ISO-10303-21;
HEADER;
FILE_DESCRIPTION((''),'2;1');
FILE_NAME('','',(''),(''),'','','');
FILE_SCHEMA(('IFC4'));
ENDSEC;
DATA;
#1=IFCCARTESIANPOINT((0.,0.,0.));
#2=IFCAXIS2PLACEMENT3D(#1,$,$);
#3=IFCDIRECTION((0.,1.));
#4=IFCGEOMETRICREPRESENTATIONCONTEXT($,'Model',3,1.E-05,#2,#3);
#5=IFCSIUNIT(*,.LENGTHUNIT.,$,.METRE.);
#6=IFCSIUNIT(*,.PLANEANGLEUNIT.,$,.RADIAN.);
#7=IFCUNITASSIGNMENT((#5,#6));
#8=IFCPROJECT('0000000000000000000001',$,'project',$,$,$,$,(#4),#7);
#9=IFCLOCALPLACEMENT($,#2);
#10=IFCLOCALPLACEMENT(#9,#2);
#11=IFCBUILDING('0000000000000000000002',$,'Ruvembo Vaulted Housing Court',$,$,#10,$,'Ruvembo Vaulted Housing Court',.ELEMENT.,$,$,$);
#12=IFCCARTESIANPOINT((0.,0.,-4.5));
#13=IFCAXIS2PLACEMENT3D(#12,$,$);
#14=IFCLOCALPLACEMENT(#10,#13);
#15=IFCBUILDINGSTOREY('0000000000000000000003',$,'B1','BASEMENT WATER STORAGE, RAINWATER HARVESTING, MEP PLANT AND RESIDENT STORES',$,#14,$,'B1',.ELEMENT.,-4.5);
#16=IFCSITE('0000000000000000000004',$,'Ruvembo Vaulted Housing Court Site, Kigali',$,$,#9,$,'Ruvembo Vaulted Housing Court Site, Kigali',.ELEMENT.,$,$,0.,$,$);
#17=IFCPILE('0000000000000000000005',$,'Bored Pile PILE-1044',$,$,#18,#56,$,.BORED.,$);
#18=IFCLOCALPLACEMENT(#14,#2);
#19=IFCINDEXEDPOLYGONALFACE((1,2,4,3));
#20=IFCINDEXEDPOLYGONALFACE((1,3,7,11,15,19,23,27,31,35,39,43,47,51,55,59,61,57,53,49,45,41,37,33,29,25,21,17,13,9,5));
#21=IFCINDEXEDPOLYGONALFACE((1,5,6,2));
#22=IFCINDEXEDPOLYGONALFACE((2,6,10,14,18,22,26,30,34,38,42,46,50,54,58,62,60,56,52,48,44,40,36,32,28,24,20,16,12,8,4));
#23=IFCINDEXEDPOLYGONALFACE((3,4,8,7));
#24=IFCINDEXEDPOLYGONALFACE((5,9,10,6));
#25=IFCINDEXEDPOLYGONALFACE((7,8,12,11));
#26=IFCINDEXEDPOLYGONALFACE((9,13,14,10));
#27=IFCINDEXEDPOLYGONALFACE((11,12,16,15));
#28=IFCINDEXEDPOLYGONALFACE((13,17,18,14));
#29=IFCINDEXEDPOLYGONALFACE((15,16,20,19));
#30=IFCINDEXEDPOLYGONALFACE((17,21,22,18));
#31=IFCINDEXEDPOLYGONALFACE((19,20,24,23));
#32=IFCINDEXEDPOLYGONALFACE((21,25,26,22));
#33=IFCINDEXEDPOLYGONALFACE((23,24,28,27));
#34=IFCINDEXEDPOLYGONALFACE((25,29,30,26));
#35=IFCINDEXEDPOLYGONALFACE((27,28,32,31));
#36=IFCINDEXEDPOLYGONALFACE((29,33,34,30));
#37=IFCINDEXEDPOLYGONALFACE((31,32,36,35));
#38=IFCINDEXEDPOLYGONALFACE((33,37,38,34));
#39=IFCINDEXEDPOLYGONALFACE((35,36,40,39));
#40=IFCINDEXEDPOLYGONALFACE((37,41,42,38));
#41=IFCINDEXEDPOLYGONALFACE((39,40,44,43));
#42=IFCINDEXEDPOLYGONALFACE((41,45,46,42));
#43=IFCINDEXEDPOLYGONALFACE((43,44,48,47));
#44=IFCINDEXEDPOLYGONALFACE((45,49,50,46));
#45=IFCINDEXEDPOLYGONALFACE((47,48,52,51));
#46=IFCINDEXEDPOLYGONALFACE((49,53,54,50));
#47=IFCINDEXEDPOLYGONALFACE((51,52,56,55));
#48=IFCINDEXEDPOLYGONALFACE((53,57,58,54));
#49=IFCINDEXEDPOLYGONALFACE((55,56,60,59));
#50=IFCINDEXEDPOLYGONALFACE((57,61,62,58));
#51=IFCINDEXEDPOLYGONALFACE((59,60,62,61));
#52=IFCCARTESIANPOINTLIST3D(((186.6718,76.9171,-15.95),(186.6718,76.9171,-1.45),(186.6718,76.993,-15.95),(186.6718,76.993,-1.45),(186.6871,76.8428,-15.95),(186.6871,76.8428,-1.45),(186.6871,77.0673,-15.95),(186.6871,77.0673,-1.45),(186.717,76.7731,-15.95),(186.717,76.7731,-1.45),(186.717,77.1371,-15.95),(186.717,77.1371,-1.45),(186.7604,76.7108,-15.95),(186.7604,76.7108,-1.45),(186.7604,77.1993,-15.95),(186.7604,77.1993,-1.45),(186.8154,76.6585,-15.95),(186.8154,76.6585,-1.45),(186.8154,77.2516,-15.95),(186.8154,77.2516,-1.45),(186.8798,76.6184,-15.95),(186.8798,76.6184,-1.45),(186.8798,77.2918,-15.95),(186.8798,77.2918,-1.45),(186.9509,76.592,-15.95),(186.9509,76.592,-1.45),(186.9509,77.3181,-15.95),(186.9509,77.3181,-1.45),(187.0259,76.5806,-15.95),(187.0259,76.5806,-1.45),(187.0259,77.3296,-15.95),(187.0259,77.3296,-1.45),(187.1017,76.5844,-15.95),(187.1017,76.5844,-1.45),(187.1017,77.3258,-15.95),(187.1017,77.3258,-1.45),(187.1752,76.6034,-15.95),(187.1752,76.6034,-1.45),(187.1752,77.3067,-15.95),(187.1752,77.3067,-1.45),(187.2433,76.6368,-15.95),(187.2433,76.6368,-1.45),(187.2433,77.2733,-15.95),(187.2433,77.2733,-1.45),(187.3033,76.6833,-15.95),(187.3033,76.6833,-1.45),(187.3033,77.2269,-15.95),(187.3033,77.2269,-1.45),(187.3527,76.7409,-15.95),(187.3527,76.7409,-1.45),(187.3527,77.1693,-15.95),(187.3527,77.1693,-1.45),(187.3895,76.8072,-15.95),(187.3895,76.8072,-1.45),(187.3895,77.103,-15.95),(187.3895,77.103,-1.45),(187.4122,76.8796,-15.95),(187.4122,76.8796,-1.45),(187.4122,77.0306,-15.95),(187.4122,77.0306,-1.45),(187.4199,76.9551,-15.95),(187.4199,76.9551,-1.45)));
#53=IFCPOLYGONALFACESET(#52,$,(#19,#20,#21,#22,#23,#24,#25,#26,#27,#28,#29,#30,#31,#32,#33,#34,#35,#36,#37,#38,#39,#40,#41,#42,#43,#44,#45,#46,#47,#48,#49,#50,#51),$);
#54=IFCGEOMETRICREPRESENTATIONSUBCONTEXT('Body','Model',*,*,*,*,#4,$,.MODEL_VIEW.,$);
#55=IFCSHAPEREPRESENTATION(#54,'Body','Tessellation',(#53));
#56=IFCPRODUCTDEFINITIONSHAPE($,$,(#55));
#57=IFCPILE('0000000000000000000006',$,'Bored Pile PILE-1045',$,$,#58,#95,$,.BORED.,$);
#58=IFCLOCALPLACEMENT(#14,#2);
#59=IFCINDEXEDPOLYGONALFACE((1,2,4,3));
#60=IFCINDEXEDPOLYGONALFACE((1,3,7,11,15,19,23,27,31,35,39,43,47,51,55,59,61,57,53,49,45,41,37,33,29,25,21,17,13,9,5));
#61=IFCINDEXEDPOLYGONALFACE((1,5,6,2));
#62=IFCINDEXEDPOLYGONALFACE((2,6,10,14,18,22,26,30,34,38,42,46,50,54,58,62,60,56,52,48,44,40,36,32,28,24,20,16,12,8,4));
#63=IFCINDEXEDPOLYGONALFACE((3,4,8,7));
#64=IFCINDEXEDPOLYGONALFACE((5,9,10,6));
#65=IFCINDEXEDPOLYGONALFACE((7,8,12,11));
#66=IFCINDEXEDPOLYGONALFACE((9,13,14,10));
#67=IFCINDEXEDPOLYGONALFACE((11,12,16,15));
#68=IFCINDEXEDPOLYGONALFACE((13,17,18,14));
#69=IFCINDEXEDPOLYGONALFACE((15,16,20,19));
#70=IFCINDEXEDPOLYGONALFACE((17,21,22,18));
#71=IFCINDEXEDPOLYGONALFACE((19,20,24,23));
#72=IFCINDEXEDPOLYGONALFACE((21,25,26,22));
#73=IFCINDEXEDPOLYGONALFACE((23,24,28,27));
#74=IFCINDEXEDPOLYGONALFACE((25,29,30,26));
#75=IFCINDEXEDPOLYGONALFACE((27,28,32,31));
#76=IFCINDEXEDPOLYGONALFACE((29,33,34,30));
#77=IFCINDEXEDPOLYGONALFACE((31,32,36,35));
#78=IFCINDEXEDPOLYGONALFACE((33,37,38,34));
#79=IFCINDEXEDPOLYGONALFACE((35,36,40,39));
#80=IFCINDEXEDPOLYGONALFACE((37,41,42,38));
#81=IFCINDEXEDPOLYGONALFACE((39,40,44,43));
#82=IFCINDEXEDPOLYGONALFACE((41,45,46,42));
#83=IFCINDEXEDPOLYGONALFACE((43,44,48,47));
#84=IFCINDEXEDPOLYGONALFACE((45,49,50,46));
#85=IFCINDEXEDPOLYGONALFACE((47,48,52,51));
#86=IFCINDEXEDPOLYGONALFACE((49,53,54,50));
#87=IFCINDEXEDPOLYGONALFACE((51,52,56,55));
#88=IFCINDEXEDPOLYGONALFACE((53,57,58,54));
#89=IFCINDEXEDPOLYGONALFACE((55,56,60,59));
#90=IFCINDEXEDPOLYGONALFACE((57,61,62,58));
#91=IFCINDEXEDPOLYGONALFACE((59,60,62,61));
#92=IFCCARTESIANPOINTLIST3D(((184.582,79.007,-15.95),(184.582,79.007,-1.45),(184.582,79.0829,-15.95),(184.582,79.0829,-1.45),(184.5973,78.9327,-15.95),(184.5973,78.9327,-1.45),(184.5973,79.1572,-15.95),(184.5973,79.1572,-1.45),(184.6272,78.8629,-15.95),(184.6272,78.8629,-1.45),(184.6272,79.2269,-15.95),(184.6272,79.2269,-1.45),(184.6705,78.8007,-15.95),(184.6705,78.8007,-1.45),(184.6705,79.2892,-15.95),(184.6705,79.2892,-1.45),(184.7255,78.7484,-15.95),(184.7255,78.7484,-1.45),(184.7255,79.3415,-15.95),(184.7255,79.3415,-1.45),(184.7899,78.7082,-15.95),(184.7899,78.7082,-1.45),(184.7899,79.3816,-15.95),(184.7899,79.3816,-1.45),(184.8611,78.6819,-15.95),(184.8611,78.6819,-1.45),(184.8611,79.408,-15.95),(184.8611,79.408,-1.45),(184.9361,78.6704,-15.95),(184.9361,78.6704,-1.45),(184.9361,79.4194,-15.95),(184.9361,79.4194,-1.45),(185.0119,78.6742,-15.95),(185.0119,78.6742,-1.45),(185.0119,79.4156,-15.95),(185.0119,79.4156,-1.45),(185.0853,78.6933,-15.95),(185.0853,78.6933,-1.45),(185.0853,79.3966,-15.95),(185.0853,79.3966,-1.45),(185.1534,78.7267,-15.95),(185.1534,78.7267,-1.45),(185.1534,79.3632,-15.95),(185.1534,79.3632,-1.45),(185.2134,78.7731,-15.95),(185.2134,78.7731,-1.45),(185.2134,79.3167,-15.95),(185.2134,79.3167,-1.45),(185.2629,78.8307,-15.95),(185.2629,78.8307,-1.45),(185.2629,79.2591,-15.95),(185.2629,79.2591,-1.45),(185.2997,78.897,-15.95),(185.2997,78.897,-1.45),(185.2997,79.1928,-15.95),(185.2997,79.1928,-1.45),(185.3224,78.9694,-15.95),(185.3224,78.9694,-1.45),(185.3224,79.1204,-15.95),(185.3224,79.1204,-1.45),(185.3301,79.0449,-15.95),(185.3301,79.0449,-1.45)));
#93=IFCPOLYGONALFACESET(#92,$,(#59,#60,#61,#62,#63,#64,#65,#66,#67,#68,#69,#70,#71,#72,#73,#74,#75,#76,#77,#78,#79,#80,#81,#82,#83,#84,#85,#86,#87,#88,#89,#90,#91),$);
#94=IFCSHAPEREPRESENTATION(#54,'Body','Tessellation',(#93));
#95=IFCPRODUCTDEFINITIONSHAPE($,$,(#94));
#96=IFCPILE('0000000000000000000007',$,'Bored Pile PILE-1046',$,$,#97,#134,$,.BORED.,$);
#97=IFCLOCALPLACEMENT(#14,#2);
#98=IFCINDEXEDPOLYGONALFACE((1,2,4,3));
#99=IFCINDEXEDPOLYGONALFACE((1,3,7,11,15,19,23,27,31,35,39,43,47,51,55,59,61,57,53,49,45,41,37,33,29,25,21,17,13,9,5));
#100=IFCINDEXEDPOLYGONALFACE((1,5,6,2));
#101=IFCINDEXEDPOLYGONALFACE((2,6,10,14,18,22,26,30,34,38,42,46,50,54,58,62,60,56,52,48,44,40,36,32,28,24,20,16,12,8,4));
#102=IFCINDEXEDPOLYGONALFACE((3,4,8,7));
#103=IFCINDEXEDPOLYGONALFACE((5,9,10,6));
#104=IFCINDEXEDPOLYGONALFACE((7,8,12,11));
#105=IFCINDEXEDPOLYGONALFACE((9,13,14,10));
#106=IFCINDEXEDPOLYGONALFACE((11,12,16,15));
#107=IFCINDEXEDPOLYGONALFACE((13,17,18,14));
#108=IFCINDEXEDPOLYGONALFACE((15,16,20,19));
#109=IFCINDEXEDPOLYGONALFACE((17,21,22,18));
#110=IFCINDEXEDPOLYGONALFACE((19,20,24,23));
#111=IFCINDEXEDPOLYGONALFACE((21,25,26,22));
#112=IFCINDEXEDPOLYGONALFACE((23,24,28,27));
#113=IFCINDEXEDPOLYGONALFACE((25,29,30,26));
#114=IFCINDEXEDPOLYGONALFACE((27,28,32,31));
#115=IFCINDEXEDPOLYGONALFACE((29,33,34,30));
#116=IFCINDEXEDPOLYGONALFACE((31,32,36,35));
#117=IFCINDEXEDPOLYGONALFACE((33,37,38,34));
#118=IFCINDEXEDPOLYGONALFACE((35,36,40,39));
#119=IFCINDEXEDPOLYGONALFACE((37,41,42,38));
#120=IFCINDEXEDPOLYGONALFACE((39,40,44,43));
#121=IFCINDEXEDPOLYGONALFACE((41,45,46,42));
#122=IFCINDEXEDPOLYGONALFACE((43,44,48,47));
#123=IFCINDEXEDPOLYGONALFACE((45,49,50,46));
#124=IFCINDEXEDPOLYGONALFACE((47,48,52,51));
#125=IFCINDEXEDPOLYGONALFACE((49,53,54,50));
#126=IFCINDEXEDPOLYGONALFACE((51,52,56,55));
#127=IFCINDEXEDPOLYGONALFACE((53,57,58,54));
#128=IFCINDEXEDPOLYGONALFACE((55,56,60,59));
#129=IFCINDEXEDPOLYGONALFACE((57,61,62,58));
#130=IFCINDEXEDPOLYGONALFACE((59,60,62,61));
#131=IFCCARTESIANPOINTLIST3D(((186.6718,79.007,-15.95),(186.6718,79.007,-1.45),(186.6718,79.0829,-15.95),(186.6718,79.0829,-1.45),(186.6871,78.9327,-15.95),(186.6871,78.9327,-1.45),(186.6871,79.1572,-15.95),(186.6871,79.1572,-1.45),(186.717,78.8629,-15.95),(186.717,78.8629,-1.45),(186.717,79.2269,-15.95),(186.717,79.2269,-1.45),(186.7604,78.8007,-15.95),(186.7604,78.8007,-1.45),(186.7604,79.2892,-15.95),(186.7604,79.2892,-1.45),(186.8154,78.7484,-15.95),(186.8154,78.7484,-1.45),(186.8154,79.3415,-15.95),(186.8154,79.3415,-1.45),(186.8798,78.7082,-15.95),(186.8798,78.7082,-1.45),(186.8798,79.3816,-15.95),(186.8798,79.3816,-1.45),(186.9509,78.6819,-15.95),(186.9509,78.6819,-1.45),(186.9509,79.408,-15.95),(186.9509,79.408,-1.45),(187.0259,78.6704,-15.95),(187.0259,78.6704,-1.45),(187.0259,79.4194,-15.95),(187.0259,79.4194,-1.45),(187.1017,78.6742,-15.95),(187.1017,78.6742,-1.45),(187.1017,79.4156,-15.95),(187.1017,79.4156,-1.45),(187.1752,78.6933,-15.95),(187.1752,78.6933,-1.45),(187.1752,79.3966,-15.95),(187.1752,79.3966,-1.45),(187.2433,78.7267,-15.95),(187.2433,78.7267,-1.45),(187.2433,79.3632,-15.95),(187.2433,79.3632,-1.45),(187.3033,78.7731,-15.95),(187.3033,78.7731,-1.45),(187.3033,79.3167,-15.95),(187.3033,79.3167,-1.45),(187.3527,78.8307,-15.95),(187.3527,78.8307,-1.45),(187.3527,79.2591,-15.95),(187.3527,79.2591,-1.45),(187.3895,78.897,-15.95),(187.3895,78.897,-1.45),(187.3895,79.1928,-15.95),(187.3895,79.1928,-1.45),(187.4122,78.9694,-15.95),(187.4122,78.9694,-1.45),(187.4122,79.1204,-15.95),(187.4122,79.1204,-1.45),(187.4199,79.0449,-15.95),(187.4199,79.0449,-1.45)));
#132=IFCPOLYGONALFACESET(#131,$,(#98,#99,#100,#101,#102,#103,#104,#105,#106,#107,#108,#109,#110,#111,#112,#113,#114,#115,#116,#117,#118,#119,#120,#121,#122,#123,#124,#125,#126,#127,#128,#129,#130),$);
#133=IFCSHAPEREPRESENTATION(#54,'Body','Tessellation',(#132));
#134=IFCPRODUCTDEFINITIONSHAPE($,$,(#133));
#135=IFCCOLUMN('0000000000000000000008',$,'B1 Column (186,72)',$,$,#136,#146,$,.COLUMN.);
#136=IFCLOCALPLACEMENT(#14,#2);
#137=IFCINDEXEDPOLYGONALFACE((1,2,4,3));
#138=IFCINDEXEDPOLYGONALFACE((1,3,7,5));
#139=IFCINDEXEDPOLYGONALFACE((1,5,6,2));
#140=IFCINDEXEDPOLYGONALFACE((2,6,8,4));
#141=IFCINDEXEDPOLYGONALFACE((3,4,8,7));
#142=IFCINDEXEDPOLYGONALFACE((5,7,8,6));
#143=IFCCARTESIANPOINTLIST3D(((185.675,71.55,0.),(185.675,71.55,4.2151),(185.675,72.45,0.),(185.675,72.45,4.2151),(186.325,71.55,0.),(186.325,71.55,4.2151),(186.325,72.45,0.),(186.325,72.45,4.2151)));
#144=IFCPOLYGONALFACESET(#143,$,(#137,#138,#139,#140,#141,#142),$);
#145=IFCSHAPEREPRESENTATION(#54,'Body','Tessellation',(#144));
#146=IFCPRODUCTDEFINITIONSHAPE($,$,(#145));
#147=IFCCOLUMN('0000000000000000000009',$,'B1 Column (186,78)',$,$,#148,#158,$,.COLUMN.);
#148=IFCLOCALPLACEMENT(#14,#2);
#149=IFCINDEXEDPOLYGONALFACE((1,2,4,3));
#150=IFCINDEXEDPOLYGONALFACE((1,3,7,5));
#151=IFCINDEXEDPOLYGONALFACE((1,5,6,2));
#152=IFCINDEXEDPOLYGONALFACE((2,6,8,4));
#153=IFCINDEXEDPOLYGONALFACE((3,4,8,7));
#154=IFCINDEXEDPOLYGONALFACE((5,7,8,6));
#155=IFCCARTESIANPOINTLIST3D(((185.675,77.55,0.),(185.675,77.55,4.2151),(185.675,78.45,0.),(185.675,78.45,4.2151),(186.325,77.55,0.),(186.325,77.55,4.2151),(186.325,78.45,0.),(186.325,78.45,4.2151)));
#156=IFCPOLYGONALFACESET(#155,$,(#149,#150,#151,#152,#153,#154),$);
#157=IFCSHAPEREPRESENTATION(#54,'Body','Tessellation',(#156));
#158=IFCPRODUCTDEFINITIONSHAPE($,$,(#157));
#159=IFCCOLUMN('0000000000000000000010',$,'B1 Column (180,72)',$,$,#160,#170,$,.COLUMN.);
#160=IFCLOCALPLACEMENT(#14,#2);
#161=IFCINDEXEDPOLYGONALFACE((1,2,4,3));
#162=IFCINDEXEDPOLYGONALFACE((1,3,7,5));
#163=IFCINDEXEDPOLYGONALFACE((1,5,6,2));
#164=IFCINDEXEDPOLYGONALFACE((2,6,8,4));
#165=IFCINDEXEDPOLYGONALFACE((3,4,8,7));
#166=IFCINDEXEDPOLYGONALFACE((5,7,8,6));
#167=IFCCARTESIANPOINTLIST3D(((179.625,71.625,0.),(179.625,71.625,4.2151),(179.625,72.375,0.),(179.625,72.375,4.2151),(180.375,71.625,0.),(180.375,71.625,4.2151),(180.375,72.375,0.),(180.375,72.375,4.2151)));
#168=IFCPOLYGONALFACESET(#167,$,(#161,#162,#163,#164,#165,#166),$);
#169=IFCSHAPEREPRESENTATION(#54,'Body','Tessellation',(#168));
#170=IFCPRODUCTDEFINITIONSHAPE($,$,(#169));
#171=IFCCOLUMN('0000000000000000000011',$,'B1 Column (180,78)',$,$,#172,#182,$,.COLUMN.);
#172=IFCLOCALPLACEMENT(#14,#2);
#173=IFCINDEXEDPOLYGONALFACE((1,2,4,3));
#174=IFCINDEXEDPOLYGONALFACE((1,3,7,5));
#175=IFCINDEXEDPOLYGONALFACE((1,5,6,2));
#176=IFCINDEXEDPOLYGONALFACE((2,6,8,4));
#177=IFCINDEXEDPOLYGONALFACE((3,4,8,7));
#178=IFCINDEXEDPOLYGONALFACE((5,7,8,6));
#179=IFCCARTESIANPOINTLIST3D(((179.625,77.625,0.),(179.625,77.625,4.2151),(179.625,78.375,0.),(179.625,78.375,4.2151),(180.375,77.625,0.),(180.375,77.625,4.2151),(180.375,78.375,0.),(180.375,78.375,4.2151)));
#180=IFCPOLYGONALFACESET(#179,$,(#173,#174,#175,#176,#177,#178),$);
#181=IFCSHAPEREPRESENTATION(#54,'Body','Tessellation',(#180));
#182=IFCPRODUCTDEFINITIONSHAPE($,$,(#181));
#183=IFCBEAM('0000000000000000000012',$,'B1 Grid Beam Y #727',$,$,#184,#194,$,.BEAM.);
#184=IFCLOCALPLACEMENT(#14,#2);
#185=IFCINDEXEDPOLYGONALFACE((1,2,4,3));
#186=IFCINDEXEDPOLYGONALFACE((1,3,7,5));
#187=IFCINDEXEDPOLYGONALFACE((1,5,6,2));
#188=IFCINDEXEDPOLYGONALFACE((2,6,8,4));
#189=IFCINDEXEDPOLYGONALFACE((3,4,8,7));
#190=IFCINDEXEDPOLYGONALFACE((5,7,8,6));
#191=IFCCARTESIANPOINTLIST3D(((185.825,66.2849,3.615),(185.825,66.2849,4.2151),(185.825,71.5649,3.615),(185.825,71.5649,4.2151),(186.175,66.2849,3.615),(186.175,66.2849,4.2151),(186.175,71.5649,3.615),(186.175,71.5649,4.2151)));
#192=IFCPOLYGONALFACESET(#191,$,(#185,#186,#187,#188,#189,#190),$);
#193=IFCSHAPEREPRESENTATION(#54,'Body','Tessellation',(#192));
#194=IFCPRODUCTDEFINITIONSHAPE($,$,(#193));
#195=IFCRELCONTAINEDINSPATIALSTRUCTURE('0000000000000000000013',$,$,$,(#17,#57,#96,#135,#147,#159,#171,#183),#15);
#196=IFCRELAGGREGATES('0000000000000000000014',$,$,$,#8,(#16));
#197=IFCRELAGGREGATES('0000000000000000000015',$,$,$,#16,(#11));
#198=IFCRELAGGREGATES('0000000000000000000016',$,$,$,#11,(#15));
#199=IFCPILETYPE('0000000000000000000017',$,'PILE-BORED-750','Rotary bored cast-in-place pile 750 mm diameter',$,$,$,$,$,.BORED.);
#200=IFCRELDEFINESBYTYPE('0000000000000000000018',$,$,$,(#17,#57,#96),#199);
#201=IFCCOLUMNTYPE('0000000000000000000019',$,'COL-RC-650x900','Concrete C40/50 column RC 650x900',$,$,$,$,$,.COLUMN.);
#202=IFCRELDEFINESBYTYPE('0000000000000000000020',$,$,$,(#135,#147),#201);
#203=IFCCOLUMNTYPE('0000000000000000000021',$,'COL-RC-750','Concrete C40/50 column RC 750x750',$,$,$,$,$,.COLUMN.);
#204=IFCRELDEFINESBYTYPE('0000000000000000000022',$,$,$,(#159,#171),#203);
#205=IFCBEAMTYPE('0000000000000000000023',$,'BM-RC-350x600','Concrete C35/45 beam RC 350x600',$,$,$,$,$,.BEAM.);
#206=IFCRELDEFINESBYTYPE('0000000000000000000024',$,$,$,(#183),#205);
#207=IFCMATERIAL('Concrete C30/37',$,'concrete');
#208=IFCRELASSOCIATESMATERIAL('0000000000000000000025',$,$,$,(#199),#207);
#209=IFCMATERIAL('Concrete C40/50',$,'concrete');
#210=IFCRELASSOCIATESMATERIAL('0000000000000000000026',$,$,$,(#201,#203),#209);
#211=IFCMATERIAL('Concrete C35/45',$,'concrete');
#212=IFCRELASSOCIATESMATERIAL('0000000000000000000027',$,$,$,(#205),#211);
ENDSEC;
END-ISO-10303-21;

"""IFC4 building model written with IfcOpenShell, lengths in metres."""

from ifc_helpers import new_model, si_unit, direction, frame, origin, origin_2d, place, context, subcontext, project, spatial, rectangle, circle, extrude, material, material_profile, profile_set, type_object, element, save


model = new_model("IFC4")

# Units and contexts
model_context = context("Model", 3, precision=1e-05, world=origin(), true_north=direction((0.0, 1.0)))
body_context = subcontext(model_context, "Body", "Model", "MODEL_VIEW")
ifc_project = project(units=[si_unit("LENGTHUNIT", "METRE"), si_unit("PLANEANGLEUNIT", "RADIAN")], contexts=[model_context])

# Site, building, storey
site_placement = place(None, origin())
site = spatial("IfcSite", under=ifc_project, at=site_placement, Name="Ruvembo Vaulted Housing Court Site, Kigali", LongName="Ruvembo Vaulted Housing Court Site, Kigali", CompositionType="ELEMENT", RefElevation=0.0)
building_placement = place(site_placement, origin())
building = spatial("IfcBuilding", under=site, at=building_placement, Name="Ruvembo Vaulted Housing Court", LongName="Ruvembo Vaulted Housing Court", CompositionType="ELEMENT")
storey_placement = place(building_placement, frame((0.0, 0.0, -4.5)))
storey = spatial("IfcBuildingStorey", under=building, at=storey_placement, Name="B1", Description="BASEMENT WATER STORAGE, RAINWATER HARVESTING, MEP PLANT AND RESIDENT STORES", LongName="B1", CompositionType="ELEMENT", Elevation=-4.5)

# Shared definitions
ifc_material_1 = material(Name="Concrete C35/45", Category="concrete")

# Piles
ifc_material_2 = material(Name="Concrete C30/37", Category="concrete")
ifc_material_profile_1 = material_profile(ifc_material_2, circle(Radius=0.375, at=origin_2d()), Name="PILE D750")
ifc_profile_set_1 = profile_set([ifc_material_profile_1], Name="Concrete C30/37")
pile_type = type_object("IfcPileType", Name="PILE-BORED-750", Description="Rotary bored cast-in-place pile 750 mm diameter", PredefinedType="BORED", material=ifc_profile_set_1)
for number, where, z_axis, x_axis, name in (
    (1, (187.0449, 76.9551, -1.45), (0.0, 0.0, -1.0), (1.0, 0.0, 0.0), "Bored Pile PILE-1044"),
    (2, (184.9551, 79.0449, -1.45), (0.0, 0.0, -1.0), (1.0, 0.0, 0.0), "Bored Pile PILE-1045"),
    (3, (187.0449, 79.0449, -1.45), (0.0, 0.0, -1.0), (1.0, 0.0, 0.0), "Bored Pile PILE-1046"),
):
    element("IfcPile", number, at=place(storey_placement, frame(where, z_axis=z_axis, x_axis=x_axis)), inside=storey, type_object=pile_type, Name=name, PredefinedType="BORED", context=body_context, shape_type="SweptSolid", body=[
        extrude(circle(Radius=0.375, at=origin_2d()), origin(), (0.0, 0.0, 1.0), 14.5),
    ])

# Columns
ifc_material_3 = material(Name="Concrete C40/50", Category="concrete")
ifc_material_profile_2 = material_profile(ifc_material_3, rectangle(XDim=0.6499, YDim=0.8999, at=origin_2d()), Name="RC 650x900")
ifc_profile_set_2 = profile_set([ifc_material_profile_2], Name="Concrete C40/50")
column_type_1 = type_object("IfcColumnType", Name="COL-RC-650x900", Description="Concrete C40/50 column RC 650x900", PredefinedType="COLUMN", material=ifc_profile_set_2)
for number, where, z_axis, x_axis, name in (
    (4, (186.0, 72.0, 0.0), (0.0, 0.0, 1.0), (1.0, 0.0, 0.0), "B1 Column (186,72)"),
    (5, (186.0, 78.0, 0.0), (0.0, 0.0, 1.0), (1.0, 0.0, 0.0), "B1 Column (186,78)"),
):
    element("IfcColumn", number, at=place(storey_placement, frame(where, z_axis=z_axis, x_axis=x_axis)), inside=storey, type_object=column_type_1, Name=name, PredefinedType="COLUMN", context=body_context, shape_type="SweptSolid", body=[
        extrude(rectangle(XDim=0.6499, YDim=0.8999, at=origin_2d()), origin(), (0.0, 0.0, 1.0), 4.2151),
    ])
ifc_material_profile_3 = material_profile(ifc_material_3, rectangle(XDim=0.75, YDim=0.75, at=origin_2d()), Name="RC 750x750")
ifc_profile_set_3 = profile_set([ifc_material_profile_3], Name="Concrete C40/50")
column_type_2 = type_object("IfcColumnType", Name="COL-RC-750", Description="Concrete C40/50 column RC 750x750", PredefinedType="COLUMN", material=ifc_profile_set_3)
for number, where, z_axis, x_axis, name in (
    (6, (180.0, 72.0, 0.0), (0.0, 0.0, 1.0), (1.0, 0.0, 0.0), "B1 Column (180,72)"),
    (7, (180.0, 78.0, 0.0), (0.0, 0.0, 1.0), (1.0, 0.0, 0.0), "B1 Column (180,78)"),
):
    element("IfcColumn", number, at=place(storey_placement, frame(where, z_axis=z_axis, x_axis=x_axis)), inside=storey, type_object=column_type_2, Name=name, PredefinedType="COLUMN", context=body_context, shape_type="SweptSolid", body=[
        extrude(rectangle(XDim=0.75, YDim=0.75, at=origin_2d()), origin(), (0.0, 0.0, 1.0), 4.2151),
    ])

# Beam
ifc_material_profile_4 = material_profile(ifc_material_1, rectangle(XDim=0.3501, YDim=0.6001, at=origin_2d()), Name="RC 350x600")
ifc_profile_set_4 = profile_set([ifc_material_profile_4], Name="Concrete C35/45")
beam_type_1 = type_object("IfcBeamType", Name="BM-RC-350x600", Description="Concrete C35/45 beam RC 350x600", PredefinedType="BEAM", material=ifc_profile_set_4)
beam_1_placement = place(storey_placement, frame((186.0, 66.2849, 3.915), z_axis=(0.0, 1.0, 0.0), x_axis=(-1.0, 0.0, 0.0)))
element("IfcBeam", 8, at=beam_1_placement, inside=storey, type_object=beam_type_1, Name="B1 Grid Beam Y #727", PredefinedType="BEAM", context=body_context, shape_type="SweptSolid", body=[
    extrude(rectangle(XDim=0.3501, YDim=0.6001, at=origin_2d()), origin(), (0.0, 0.0, 1.0), 5.28),
])

save(model, "model.ifc")
